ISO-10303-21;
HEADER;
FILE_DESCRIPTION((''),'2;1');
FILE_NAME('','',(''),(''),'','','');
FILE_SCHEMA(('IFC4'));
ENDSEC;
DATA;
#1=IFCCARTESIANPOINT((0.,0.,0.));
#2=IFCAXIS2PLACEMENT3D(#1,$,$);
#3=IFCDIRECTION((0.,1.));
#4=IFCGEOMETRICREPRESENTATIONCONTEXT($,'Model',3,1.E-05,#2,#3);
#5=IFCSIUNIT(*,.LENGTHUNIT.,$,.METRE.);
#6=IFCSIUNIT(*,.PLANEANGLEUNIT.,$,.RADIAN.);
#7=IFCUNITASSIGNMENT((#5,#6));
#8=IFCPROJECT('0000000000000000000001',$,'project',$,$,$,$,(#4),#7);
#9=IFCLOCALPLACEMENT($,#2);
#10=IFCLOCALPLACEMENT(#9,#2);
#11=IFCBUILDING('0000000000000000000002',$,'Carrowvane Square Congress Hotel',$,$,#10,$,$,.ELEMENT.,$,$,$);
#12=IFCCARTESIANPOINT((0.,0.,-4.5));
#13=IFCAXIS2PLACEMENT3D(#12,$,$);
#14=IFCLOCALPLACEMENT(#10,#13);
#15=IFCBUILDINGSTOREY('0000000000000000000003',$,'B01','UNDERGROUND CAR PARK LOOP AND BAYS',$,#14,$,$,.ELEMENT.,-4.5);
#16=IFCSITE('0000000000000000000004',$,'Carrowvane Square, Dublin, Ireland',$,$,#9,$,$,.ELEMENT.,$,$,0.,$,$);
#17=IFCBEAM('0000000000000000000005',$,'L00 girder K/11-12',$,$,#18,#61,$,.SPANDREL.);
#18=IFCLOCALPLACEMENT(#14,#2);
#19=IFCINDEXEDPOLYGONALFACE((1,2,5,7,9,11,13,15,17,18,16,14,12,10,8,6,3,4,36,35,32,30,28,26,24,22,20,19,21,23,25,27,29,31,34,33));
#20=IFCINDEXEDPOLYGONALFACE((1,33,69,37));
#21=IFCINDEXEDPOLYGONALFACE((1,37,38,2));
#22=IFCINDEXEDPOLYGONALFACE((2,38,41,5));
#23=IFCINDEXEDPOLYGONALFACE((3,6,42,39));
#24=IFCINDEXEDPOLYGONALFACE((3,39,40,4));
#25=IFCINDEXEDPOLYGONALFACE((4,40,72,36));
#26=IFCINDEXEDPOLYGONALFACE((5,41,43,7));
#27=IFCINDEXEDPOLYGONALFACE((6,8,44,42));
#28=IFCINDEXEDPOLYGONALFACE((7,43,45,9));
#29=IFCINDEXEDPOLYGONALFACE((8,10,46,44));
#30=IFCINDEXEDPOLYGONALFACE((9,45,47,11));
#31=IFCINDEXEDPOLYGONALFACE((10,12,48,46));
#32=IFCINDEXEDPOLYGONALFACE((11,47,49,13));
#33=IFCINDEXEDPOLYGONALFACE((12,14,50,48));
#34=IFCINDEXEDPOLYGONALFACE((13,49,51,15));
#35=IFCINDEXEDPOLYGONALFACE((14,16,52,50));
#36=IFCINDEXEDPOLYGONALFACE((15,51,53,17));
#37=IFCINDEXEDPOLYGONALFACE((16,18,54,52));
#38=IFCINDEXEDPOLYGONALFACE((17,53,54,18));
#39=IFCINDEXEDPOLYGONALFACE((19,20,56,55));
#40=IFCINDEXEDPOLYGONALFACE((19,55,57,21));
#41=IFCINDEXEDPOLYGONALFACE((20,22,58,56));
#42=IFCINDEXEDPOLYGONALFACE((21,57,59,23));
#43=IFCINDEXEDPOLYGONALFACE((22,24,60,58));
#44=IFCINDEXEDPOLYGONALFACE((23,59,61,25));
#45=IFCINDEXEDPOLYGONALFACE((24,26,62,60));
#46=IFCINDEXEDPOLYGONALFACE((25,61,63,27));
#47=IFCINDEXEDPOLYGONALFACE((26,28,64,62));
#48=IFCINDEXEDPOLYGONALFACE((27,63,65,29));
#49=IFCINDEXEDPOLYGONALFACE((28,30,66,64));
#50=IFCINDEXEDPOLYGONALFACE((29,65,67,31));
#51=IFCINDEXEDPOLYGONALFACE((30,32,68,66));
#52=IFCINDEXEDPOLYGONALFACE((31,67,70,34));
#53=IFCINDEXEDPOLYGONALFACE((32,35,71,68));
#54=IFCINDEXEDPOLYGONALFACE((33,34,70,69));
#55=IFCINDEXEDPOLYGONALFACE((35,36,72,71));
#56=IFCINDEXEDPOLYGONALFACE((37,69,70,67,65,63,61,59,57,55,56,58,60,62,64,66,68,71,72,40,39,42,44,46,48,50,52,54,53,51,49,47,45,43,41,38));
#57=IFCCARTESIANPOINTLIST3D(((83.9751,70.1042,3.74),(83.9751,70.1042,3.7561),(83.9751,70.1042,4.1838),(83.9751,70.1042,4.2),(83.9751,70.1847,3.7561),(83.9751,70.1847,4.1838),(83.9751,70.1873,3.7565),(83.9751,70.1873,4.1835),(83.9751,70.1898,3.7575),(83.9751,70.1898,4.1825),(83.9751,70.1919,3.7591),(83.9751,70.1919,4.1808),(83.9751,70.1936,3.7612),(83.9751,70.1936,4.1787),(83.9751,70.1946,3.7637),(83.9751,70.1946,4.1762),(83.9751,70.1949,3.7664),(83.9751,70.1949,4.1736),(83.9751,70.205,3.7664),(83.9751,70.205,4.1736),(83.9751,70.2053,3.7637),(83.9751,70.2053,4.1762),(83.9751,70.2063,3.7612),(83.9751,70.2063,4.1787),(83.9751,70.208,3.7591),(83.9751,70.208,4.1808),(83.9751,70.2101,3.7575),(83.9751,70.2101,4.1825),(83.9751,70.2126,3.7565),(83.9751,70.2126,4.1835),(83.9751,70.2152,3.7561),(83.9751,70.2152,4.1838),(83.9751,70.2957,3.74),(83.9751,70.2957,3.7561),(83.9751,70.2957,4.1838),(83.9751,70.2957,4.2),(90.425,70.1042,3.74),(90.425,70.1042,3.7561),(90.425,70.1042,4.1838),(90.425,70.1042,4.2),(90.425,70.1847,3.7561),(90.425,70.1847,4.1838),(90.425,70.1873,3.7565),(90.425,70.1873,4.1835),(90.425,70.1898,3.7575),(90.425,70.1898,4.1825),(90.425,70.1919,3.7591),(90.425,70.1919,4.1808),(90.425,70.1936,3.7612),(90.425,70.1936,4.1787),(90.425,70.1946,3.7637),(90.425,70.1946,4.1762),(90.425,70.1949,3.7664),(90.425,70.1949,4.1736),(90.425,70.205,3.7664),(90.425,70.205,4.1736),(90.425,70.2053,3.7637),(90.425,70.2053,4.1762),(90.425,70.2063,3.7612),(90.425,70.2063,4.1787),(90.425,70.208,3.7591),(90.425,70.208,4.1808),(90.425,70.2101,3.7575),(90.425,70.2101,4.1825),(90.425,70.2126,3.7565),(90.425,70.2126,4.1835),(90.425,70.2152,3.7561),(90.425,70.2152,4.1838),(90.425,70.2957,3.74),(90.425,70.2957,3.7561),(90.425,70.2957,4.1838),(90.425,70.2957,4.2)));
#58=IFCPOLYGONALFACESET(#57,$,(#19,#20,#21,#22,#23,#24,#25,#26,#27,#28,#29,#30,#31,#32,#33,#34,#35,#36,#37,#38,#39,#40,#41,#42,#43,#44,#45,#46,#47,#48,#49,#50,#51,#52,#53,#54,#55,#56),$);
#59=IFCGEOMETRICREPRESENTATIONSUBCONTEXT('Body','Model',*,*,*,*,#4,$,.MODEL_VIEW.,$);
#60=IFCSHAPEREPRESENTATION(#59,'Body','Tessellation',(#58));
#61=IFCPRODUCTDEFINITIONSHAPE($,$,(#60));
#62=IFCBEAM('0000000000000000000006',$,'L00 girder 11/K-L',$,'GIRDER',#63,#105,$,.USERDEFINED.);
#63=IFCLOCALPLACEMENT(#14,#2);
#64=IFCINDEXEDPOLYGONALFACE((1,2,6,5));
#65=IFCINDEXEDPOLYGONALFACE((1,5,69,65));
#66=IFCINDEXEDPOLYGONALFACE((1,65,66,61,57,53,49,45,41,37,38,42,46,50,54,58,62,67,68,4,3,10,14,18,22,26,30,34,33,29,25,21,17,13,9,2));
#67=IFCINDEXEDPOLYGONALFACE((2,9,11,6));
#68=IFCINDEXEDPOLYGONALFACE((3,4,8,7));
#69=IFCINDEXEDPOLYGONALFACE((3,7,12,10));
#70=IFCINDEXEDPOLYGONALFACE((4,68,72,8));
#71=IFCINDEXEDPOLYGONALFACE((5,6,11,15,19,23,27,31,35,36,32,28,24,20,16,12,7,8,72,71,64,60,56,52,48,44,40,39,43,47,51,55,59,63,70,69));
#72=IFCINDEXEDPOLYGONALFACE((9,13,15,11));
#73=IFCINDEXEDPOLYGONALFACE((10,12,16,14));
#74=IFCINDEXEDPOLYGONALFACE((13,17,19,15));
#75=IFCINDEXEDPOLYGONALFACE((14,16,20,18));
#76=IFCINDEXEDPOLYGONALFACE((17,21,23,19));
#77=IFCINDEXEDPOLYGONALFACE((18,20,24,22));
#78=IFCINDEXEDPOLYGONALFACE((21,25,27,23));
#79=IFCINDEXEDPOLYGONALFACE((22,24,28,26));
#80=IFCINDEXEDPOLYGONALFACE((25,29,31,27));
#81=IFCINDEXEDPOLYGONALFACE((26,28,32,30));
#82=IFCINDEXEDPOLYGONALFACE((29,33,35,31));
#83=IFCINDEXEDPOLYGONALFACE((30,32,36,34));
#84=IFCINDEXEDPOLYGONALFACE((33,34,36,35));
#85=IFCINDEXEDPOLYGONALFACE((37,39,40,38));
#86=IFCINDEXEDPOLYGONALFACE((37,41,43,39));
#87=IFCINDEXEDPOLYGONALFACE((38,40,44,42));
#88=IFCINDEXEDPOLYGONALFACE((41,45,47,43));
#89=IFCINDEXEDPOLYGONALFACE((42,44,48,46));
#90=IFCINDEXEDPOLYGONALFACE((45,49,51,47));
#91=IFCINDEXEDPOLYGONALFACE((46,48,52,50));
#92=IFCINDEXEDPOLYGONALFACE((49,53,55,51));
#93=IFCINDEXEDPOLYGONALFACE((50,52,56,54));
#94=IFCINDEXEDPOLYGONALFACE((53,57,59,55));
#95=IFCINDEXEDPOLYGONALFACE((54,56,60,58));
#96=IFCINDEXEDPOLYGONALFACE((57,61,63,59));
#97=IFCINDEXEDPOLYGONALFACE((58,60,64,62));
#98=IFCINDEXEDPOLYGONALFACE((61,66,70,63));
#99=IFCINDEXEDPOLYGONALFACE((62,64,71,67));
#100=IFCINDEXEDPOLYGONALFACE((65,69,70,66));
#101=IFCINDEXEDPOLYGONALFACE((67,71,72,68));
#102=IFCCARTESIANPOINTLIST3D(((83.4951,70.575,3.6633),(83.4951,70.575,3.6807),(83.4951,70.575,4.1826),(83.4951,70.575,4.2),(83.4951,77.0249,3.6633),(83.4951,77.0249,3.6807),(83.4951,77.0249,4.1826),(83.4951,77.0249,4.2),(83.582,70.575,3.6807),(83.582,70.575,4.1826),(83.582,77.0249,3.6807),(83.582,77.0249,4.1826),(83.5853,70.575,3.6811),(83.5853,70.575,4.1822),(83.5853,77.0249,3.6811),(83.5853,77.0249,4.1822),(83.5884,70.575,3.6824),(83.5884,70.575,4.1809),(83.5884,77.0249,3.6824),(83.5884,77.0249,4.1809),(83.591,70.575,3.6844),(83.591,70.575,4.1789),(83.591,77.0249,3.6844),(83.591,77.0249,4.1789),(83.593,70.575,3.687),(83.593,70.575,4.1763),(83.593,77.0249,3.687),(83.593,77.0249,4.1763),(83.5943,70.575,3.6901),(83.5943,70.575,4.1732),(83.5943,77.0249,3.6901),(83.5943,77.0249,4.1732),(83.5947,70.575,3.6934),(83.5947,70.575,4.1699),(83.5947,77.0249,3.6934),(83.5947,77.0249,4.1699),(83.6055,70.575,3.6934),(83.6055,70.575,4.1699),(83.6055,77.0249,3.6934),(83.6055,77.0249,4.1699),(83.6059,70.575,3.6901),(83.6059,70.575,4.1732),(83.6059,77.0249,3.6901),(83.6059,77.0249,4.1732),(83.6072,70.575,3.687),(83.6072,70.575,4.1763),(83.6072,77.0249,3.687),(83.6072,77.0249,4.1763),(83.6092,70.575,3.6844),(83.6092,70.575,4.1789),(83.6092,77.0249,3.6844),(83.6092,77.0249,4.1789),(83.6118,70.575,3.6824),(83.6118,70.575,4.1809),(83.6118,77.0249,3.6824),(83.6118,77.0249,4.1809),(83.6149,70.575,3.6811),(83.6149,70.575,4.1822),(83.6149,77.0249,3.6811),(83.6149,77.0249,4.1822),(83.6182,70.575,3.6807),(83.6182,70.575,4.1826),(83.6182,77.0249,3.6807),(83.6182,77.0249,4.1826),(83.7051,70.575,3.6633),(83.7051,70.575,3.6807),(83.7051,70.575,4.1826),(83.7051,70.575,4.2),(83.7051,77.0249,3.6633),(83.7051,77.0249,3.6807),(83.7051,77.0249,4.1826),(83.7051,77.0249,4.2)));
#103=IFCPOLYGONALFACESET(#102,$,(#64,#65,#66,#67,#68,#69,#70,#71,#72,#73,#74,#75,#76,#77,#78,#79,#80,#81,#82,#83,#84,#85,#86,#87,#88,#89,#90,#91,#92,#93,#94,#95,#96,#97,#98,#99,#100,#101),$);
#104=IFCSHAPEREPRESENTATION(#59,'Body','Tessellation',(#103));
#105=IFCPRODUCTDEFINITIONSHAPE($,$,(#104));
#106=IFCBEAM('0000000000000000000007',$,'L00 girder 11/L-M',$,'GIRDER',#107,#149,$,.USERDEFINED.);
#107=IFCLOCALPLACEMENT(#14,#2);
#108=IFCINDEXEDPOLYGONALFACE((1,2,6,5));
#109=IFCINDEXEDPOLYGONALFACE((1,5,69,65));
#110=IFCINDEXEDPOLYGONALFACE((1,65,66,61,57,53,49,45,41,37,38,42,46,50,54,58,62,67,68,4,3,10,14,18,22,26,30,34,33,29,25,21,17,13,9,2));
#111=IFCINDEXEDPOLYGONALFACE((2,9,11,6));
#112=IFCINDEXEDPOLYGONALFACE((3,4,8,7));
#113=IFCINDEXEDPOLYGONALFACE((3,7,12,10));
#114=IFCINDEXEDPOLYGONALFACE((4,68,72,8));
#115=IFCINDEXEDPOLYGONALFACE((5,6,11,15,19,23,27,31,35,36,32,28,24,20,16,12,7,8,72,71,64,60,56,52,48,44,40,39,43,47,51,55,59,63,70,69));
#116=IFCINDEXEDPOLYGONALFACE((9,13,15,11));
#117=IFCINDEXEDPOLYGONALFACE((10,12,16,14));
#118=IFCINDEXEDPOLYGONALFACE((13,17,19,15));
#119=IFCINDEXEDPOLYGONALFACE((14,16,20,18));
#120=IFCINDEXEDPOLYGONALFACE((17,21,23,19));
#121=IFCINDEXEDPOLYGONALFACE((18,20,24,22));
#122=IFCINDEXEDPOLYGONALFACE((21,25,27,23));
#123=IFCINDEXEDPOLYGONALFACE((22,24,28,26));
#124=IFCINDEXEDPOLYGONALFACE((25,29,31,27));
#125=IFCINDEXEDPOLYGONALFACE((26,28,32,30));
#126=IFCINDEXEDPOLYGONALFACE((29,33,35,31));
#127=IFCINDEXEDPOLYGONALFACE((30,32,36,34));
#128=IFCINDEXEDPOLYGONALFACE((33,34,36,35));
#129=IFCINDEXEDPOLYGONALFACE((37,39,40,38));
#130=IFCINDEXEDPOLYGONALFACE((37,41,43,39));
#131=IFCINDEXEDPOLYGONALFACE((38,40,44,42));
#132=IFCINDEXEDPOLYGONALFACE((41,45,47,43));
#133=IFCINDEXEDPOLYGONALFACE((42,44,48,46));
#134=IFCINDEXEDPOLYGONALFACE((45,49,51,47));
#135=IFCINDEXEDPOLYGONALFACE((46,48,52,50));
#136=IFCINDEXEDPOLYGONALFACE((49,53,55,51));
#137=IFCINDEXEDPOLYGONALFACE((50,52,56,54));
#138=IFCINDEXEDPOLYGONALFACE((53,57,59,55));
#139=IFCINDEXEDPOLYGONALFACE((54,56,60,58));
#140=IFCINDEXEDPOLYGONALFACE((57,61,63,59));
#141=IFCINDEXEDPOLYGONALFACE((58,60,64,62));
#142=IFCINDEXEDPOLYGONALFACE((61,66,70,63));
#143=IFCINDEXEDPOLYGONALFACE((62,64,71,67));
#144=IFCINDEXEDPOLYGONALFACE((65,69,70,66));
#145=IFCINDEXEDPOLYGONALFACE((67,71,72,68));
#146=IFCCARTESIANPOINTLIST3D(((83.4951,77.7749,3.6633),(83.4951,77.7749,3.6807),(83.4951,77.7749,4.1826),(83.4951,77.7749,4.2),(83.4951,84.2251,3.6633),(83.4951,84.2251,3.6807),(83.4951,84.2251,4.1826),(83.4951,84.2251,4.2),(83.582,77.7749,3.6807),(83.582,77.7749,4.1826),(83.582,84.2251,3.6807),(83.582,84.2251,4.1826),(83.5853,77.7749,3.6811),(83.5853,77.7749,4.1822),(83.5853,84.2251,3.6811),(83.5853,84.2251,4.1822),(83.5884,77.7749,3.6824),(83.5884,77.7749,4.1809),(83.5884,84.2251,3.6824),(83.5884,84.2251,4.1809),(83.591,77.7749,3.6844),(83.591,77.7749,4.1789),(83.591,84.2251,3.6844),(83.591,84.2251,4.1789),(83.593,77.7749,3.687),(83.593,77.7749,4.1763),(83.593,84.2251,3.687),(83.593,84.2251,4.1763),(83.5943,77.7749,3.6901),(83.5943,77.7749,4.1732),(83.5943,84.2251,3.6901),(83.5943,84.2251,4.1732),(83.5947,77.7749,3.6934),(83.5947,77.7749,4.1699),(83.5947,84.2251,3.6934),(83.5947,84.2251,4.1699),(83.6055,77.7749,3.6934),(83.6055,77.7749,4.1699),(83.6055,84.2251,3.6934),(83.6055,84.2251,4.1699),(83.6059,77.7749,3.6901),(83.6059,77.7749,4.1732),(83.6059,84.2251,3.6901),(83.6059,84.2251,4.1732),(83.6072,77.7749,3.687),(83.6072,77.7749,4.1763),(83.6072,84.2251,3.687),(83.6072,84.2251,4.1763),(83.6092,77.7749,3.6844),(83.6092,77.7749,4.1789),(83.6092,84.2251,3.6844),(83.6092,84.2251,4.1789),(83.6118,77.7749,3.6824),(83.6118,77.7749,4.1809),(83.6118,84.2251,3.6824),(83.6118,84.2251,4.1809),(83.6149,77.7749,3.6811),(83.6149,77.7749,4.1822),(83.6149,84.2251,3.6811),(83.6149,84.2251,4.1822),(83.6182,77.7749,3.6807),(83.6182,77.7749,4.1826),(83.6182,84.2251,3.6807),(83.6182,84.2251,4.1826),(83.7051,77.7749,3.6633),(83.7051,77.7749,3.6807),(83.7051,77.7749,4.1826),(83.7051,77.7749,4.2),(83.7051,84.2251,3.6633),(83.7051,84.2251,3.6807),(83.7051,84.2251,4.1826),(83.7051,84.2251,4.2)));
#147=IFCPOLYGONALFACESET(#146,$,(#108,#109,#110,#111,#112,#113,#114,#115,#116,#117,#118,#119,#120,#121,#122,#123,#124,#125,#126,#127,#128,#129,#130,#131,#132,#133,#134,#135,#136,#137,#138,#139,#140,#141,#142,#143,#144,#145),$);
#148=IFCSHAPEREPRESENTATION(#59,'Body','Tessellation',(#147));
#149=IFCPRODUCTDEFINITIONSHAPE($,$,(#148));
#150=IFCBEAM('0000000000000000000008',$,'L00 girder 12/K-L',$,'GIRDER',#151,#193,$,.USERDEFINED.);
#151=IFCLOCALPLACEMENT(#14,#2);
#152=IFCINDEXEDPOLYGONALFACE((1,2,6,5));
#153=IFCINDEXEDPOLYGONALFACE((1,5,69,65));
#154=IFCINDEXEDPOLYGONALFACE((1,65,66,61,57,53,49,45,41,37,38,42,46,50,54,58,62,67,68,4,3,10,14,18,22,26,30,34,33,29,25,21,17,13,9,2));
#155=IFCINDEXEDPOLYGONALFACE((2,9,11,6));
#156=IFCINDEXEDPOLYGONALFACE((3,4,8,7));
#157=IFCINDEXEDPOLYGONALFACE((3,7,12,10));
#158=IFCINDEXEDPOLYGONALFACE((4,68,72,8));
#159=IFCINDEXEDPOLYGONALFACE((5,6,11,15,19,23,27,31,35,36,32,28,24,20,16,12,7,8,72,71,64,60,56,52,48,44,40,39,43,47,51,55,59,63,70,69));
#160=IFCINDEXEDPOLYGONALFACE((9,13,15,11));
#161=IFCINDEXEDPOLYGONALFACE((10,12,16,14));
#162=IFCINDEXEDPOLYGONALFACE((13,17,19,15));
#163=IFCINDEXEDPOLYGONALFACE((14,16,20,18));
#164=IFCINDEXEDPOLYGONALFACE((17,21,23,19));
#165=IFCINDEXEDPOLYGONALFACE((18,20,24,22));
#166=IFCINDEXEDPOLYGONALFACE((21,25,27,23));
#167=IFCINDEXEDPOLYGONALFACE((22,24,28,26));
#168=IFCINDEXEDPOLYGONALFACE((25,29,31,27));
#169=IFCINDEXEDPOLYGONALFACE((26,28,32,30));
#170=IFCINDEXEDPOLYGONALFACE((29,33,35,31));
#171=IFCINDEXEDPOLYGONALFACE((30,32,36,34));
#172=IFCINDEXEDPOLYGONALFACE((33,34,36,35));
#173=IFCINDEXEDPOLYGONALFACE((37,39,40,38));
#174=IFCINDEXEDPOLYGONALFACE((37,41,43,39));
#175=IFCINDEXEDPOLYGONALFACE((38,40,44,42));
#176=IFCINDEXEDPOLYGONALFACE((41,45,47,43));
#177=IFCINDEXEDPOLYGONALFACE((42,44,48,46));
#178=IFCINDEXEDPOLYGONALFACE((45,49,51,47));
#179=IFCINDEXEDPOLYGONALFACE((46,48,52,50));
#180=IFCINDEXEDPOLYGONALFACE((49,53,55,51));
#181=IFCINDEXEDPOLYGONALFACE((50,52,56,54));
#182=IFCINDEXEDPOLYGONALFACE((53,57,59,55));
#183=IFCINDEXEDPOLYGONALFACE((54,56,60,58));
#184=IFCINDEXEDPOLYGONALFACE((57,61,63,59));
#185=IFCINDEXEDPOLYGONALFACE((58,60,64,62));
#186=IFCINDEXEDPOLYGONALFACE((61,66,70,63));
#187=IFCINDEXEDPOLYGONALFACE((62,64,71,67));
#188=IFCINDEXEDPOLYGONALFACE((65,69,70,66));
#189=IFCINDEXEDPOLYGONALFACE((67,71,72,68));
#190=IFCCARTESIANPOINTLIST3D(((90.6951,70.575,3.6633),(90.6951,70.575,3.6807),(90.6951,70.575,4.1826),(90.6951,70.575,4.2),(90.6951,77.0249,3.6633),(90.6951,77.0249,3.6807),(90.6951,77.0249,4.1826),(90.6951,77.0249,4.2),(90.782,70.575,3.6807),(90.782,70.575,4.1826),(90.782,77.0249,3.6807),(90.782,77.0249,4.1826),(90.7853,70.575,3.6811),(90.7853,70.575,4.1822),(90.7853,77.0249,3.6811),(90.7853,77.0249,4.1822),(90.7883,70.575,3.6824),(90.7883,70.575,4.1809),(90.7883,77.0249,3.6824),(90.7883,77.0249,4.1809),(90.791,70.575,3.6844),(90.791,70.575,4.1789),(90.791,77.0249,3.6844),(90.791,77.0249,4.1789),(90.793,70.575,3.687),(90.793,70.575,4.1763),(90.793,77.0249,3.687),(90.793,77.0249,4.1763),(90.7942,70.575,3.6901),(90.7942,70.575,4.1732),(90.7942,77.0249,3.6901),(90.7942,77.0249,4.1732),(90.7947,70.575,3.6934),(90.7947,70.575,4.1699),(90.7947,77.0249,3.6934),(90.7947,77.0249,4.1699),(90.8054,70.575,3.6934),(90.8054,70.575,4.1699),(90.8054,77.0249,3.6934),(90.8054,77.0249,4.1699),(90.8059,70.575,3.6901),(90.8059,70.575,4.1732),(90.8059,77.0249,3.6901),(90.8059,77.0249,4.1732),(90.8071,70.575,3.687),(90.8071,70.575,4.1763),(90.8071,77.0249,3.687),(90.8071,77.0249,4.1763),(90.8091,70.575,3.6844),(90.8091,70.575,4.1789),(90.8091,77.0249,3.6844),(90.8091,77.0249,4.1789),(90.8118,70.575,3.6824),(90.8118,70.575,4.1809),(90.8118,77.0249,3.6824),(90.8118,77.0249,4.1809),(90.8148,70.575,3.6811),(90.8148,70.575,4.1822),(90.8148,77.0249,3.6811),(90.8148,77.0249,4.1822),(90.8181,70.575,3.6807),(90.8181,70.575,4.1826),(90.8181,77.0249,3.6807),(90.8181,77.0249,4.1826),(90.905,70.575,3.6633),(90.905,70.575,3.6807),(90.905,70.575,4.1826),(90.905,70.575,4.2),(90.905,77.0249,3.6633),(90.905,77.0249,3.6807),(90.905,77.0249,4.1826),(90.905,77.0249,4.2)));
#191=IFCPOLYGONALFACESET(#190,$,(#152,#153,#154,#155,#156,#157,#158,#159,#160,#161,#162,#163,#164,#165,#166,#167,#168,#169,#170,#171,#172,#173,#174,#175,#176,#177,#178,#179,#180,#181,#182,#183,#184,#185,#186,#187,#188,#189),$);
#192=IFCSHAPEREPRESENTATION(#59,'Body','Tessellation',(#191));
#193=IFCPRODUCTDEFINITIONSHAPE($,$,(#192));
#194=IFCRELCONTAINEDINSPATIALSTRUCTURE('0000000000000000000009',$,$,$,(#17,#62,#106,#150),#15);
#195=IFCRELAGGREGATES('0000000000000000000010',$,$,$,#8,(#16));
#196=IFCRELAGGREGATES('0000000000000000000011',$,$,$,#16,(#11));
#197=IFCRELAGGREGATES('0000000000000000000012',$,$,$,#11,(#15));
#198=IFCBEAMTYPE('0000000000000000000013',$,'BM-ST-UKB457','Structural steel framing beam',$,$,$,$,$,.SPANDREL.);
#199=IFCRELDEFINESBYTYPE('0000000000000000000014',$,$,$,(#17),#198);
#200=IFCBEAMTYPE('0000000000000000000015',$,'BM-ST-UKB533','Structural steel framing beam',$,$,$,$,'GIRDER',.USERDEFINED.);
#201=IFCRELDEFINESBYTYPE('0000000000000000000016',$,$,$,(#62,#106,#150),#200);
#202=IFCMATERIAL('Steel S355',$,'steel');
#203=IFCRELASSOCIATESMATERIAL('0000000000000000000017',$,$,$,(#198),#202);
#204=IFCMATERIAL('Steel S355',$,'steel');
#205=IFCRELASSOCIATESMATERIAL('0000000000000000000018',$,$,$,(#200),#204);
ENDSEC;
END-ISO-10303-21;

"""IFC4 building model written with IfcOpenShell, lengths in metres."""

from ifc_helpers import new_model, si_unit, direction, frame, origin, origin_2d, place, context, subcontext, project, spatial, i_section, extrude, material, material_profile, profile_set, type_object, element, save


model = new_model("IFC4")

# Units and contexts
model_context = context("Model", 3, precision=1e-05, world=origin(), true_north=direction((0.0, 1.0)))
body_context = subcontext(model_context, "Body", "Model", "MODEL_VIEW")
ifc_project = project(units=[si_unit("LENGTHUNIT", "METRE"), si_unit("PLANEANGLEUNIT", "RADIAN")], contexts=[model_context])

# Site, building, storey
site_placement = place(None, origin())
site = spatial("IfcSite", under=ifc_project, at=site_placement, Name="Carrowvane Square, Dublin, Ireland", CompositionType="ELEMENT", RefElevation=0.0)
building_placement = place(site_placement, origin())
building = spatial("IfcBuilding", under=site, at=building_placement, Name="Carrowvane Square Congress Hotel", CompositionType="ELEMENT")
storey_placement = place(building_placement, frame((0.0, 0.0, -4.5)))
storey = spatial("IfcBuildingStorey", under=building, at=storey_placement, Name="B01", Description="UNDERGROUND CAR PARK LOOP AND BAYS", CompositionType="ELEMENT", Elevation=-4.5)

# Beams
ifc_material_1 = material(Name="Steel S355", Category="steel")
ifc_material_profile_1 = material_profile(ifc_material_1, i_section(OverallWidth=0.1914, OverallDepth=0.46, WebThickness=0.01, FlangeThickness=0.0161, FilletRadius=0.0103, at=origin_2d()), Name="UKB 457x191x82")
ifc_profile_set_1 = profile_set([ifc_material_profile_1], Name="Steel S355")
beam_type_1 = type_object("IfcBeamType", Name="BM-ST-UKB457", Description="Structural steel framing beam", PredefinedType="SPANDREL", material=ifc_profile_set_1)
beam_1_placement = place(storey_placement, frame((83.9751, 70.2, 3.97), z_axis=(1.0, 0.0, 0.0), x_axis=(0.0, 1.0, 0.0)))
element("IfcBeam", 1, at=beam_1_placement, inside=storey, type_object=beam_type_1, Name="L00 girder K/11-12", PredefinedType="SPANDREL", context=body_context, shape_type="SweptSolid", body=[
    extrude(i_section(OverallWidth=0.1914, OverallDepth=0.46, WebThickness=0.01, FlangeThickness=0.0161, FilletRadius=0.0103, at=origin_2d()), origin(), (0.0, 0.0, 1.0), 6.45),
])
ifc_material_2 = material(Name="Steel S355", Category="steel")
ifc_material_profile_2 = material_profile(ifc_material_2, i_section(OverallWidth=0.21, OverallDepth=0.5366, WebThickness=0.0107, FlangeThickness=0.0173, FilletRadius=0.0127, at=origin_2d()), Name="UKB 533x210x101")
ifc_profile_set_2 = profile_set([ifc_material_profile_2], Name="Steel S355")
beam_type_2 = type_object("IfcBeamType", Name="BM-ST-UKB533", Description="Structural steel framing beam", ElementType="GIRDER", PredefinedType="USERDEFINED", material=ifc_profile_set_2)
beam_2_placement = place(storey_placement, frame((83.6001, 70.575, 3.9316), z_axis=(0.0, 1.0, 0.0), x_axis=(-1.0, 0.0, 0.0)))
element("IfcBeam", 2, at=beam_2_placement, inside=storey, type_object=beam_type_2, Name="L00 girder 11/K-L", ObjectType="GIRDER", PredefinedType="USERDEFINED", context=body_context, shape_type="SweptSolid", body=[
    extrude(i_section(OverallWidth=0.21, OverallDepth=0.5366, WebThickness=0.0107, FlangeThickness=0.0173, FilletRadius=0.0127, at=origin_2d()), origin(), (0.0, 0.0, 1.0), 6.45),
])
beam_3_placement = place(storey_placement, frame((83.6001, 77.7749, 3.9316), z_axis=(0.0, 1.0, 0.0), x_axis=(-1.0, 0.0, 0.0)))
element("IfcBeam", 3, at=beam_3_placement, inside=storey, type_object=beam_type_2, Name="L00 girder 11/L-M", ObjectType="GIRDER", PredefinedType="USERDEFINED", context=body_context, shape_type="SweptSolid", body=[
    extrude(i_section(OverallWidth=0.21, OverallDepth=0.5366, WebThickness=0.0107, FlangeThickness=0.0173, FilletRadius=0.0127, at=origin_2d()), origin(), (0.0, 0.0, 1.0), 6.4502),
])
beam_4_placement = place(storey_placement, frame((90.8, 70.575, 3.9316), z_axis=(0.0, 1.0, 0.0), x_axis=(-1.0, 0.0, 0.0)))
element("IfcBeam", 4, at=beam_4_placement, inside=storey, type_object=beam_type_2, Name="L00 girder 12/K-L", ObjectType="GIRDER", PredefinedType="USERDEFINED", context=body_context, shape_type="SweptSolid", body=[
    extrude(i_section(OverallWidth=0.21, OverallDepth=0.5366, WebThickness=0.0107, FlangeThickness=0.0173, FilletRadius=0.0127, at=origin_2d()), origin(), (0.0, 0.0, 1.0), 6.45),
])

save(model, "model.ifc")
